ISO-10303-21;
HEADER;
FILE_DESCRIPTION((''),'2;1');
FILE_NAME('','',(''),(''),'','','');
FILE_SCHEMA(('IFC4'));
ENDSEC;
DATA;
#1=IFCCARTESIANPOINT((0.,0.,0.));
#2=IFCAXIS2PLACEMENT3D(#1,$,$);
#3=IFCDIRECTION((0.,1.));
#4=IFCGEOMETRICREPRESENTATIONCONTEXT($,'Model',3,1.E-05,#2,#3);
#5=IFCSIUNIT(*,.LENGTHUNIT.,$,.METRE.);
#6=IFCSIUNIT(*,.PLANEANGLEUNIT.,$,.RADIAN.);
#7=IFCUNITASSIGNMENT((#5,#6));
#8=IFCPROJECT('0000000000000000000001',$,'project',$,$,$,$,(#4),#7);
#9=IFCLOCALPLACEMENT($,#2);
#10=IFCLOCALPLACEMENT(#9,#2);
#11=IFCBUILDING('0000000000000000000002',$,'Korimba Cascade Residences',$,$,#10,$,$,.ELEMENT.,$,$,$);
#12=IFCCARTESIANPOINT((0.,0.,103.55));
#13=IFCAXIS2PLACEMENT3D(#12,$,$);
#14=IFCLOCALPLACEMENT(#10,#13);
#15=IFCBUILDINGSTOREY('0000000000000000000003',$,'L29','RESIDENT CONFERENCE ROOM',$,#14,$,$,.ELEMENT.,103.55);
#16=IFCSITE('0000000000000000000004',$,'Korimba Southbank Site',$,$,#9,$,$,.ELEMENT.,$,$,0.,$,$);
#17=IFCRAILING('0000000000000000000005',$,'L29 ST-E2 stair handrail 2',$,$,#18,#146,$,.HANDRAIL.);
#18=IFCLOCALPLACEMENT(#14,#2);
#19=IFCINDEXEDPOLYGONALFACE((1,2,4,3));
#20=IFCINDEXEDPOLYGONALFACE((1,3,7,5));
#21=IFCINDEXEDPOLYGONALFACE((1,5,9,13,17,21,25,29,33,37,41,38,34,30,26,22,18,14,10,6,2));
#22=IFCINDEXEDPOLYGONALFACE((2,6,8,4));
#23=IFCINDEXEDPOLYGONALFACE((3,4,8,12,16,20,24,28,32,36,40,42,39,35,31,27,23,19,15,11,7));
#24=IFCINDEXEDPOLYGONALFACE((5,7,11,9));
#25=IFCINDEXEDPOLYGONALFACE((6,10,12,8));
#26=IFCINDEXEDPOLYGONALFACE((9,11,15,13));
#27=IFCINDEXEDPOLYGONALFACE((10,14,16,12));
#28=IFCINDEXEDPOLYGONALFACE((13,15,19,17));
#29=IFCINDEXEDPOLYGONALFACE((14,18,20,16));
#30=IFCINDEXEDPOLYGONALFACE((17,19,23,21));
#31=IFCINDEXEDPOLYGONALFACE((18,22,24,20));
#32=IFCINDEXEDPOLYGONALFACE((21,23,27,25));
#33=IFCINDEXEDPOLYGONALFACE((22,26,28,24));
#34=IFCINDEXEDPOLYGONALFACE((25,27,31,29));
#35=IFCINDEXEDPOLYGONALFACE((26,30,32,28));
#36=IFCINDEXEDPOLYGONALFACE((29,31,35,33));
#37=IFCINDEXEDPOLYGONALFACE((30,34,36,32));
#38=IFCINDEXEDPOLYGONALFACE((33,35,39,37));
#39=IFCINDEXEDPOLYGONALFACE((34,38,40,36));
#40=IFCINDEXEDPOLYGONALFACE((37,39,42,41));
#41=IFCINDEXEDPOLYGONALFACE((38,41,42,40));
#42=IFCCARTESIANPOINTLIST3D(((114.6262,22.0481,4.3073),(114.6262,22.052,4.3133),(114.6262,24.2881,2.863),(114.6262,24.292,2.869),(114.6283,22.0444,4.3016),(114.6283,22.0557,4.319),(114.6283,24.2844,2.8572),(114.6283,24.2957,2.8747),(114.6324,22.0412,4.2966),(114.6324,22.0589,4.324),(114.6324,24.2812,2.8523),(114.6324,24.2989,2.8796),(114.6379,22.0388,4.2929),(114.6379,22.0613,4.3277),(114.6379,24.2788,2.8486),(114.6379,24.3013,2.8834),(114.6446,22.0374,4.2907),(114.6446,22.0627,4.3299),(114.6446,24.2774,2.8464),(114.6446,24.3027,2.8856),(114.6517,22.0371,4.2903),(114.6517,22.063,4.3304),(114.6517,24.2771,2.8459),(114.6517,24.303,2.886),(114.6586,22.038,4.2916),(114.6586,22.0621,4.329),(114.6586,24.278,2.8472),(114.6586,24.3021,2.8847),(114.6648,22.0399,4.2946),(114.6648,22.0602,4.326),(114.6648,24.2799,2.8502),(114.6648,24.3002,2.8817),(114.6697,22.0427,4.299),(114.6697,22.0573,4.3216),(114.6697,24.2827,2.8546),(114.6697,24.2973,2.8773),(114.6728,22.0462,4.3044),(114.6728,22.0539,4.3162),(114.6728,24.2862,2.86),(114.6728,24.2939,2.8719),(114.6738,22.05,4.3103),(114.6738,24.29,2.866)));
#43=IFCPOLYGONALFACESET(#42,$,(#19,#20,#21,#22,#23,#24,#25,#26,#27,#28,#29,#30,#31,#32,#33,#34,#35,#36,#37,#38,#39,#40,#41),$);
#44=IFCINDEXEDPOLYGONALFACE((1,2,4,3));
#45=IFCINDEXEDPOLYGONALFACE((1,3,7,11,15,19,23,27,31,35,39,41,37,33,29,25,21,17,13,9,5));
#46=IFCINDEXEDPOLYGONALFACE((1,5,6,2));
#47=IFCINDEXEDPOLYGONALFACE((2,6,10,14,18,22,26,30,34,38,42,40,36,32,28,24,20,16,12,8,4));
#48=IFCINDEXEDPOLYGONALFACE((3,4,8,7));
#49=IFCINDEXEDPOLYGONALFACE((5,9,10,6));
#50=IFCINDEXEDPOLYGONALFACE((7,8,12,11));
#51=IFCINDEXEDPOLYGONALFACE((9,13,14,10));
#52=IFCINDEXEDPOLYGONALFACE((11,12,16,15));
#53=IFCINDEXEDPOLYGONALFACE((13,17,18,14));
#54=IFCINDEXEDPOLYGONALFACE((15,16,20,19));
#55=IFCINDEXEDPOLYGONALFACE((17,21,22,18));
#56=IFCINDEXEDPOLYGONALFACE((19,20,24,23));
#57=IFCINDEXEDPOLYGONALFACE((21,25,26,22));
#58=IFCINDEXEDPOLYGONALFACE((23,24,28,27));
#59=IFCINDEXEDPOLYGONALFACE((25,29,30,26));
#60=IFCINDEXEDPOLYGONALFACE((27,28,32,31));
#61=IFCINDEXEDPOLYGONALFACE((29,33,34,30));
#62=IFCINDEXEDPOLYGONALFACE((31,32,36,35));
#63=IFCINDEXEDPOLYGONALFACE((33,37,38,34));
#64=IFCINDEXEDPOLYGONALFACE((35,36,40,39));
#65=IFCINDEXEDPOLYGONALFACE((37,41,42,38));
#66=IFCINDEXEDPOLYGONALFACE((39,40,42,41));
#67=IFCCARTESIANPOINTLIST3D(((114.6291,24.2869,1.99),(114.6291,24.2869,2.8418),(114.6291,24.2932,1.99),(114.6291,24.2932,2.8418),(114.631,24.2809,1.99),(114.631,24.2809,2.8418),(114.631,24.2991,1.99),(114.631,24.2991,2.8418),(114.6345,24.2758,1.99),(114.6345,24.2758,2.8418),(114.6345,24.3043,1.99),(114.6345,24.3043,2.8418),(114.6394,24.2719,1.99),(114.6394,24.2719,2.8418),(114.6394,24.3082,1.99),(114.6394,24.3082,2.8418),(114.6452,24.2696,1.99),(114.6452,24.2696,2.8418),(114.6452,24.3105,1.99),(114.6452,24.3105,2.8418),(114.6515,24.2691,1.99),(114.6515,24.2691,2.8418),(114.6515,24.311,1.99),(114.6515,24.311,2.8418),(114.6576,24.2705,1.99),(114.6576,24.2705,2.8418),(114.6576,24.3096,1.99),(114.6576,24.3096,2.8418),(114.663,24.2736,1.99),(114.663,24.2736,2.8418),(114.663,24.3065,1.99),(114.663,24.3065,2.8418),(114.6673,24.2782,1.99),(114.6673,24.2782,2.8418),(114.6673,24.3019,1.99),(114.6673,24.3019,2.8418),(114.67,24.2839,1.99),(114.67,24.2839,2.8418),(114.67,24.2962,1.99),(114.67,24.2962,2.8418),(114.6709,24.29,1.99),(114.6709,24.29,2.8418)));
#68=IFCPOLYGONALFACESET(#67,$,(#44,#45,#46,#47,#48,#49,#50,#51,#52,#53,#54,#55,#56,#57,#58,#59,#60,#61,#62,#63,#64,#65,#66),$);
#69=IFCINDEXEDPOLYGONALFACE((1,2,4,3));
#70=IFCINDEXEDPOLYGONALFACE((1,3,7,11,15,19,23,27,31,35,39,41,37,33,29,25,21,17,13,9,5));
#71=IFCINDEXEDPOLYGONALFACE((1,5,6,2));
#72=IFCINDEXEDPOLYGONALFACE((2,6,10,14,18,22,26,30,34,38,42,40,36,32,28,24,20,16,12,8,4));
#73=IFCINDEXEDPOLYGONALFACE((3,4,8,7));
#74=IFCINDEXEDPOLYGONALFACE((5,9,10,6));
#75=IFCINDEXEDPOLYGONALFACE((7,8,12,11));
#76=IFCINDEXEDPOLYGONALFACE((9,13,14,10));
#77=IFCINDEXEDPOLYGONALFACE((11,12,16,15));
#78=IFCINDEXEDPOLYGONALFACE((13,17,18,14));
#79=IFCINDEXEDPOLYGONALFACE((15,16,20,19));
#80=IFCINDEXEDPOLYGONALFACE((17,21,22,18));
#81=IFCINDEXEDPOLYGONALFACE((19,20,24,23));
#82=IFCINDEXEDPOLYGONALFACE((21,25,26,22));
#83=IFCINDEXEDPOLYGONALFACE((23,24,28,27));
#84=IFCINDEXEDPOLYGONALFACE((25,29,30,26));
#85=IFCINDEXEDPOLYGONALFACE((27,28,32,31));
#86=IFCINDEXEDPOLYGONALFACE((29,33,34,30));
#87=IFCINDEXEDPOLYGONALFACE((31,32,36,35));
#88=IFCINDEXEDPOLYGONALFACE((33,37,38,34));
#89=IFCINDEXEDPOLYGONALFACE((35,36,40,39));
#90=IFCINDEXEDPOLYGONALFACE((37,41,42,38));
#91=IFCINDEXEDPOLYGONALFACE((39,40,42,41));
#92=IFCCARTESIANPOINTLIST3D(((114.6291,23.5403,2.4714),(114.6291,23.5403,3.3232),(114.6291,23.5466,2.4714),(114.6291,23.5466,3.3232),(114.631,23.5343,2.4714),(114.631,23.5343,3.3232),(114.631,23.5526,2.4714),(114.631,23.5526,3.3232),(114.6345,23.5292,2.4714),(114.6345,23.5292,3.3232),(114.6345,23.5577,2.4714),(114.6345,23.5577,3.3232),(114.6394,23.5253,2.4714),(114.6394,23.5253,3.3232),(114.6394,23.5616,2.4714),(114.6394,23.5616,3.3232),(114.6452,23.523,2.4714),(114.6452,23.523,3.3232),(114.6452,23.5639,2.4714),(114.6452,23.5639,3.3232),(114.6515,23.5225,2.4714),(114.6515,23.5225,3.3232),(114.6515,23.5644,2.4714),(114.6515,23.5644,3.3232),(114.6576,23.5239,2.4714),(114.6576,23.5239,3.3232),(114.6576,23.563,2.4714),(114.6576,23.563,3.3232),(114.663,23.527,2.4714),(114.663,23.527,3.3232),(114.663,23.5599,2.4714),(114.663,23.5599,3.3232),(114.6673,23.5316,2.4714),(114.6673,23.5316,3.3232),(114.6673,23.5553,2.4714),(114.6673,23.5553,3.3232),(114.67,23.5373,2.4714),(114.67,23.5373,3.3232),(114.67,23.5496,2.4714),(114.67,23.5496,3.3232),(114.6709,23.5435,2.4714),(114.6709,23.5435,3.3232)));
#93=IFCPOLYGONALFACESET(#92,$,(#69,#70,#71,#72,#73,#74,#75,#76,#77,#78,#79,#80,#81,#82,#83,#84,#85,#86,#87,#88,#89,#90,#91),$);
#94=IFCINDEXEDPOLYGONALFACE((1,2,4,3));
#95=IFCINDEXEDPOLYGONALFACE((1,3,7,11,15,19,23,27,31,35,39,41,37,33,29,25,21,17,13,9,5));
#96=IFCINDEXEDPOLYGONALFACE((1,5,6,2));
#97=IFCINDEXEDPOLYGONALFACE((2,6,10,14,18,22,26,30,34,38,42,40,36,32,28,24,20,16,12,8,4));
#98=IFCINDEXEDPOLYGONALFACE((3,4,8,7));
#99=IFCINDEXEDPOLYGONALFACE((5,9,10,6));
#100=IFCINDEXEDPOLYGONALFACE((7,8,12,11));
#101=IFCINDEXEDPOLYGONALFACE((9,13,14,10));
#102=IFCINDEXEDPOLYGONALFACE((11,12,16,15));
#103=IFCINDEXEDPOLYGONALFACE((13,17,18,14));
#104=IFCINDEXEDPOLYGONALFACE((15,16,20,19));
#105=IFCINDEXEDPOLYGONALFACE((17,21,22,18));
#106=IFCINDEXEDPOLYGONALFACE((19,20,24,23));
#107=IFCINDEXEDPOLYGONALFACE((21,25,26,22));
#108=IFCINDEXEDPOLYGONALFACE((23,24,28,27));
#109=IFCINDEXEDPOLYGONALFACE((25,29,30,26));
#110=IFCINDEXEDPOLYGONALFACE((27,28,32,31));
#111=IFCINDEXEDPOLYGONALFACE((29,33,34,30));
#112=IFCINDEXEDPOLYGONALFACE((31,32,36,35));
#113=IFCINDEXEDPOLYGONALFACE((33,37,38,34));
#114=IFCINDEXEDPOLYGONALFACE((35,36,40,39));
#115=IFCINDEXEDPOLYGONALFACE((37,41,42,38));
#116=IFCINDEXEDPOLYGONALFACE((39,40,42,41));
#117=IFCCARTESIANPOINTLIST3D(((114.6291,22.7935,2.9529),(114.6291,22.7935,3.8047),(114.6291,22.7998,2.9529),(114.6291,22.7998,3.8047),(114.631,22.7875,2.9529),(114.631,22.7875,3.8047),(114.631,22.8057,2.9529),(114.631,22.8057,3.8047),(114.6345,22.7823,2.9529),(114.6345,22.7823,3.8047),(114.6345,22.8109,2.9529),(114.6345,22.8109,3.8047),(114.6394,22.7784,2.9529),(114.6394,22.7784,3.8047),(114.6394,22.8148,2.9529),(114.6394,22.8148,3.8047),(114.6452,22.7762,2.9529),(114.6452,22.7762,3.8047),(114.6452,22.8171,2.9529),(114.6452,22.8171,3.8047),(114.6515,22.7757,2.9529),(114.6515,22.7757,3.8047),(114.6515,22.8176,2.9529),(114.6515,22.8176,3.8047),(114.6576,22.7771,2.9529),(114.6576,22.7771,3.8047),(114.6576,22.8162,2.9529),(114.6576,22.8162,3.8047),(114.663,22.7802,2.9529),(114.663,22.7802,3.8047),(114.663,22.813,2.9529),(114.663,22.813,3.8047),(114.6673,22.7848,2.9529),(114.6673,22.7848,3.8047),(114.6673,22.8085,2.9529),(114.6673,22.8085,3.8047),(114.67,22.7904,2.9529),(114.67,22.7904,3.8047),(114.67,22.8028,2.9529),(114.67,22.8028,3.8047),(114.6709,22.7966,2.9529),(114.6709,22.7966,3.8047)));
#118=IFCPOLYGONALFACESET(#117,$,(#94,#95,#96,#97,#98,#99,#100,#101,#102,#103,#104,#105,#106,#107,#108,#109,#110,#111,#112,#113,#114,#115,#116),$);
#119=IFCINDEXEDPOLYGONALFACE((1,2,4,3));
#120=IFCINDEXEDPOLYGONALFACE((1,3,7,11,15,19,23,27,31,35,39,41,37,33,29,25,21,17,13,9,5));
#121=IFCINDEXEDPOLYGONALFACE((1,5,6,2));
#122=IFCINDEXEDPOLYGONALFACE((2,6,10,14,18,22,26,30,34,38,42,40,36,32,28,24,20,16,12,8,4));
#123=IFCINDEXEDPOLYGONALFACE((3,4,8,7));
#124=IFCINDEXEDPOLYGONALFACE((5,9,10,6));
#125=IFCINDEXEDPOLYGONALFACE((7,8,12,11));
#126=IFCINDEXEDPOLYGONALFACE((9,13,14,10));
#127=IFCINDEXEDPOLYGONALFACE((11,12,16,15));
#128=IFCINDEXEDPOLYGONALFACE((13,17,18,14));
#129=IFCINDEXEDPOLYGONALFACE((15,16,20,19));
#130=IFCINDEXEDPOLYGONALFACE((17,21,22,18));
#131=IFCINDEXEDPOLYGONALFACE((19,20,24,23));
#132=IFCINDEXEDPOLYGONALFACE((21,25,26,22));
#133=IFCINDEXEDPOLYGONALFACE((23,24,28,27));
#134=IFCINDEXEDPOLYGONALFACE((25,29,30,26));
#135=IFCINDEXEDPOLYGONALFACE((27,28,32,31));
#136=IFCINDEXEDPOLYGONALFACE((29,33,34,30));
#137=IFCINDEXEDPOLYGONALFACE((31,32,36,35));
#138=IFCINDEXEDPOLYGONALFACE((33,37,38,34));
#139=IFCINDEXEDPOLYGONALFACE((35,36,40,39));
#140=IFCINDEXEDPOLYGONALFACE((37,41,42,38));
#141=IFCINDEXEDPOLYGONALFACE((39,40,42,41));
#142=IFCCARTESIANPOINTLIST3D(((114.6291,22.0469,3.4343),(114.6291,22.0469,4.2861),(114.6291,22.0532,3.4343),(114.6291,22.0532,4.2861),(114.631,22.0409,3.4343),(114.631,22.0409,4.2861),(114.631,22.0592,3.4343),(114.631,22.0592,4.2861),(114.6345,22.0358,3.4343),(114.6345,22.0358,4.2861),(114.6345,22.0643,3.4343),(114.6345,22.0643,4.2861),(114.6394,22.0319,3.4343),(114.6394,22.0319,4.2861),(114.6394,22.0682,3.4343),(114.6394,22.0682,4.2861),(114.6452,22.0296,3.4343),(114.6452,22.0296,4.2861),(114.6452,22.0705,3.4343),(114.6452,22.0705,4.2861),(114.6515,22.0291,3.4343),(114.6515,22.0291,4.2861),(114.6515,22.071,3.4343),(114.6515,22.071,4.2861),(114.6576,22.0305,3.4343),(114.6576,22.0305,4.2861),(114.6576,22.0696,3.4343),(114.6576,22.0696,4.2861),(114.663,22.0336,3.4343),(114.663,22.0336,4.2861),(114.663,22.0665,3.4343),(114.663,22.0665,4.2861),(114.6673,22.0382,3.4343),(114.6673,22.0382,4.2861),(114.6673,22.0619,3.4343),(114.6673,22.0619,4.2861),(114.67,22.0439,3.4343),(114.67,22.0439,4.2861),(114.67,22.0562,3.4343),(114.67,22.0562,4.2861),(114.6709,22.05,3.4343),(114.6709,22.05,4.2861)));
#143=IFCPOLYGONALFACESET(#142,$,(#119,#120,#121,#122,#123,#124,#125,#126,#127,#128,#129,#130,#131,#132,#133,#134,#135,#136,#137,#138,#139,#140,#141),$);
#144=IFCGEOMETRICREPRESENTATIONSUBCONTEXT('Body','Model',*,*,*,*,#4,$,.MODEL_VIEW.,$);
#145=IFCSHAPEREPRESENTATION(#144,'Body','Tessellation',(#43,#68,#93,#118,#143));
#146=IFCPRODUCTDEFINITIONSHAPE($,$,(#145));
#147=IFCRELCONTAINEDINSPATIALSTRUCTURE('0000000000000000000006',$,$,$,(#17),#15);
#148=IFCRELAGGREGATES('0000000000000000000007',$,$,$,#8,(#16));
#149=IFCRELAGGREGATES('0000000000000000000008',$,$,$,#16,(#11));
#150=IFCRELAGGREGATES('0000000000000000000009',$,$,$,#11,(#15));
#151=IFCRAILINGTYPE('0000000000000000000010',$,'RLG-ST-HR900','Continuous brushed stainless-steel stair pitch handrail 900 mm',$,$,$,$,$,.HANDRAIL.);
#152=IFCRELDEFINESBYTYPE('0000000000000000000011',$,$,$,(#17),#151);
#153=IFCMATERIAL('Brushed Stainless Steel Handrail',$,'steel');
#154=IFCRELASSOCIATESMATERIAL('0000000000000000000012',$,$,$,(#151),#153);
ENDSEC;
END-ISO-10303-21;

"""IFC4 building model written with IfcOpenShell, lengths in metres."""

from ifc_helpers import new_model, si_unit, direction, frame, origin, origin_2d, place, context, subcontext, project, spatial, circle, extrude, material, type_object, element, save


model = new_model("IFC4")

# Units and contexts
model_context = context("Model", 3, precision=1e-05, world=origin(), true_north=direction((0.0, 1.0)))
body_context = subcontext(model_context, "Body", "Model", "MODEL_VIEW")
ifc_project = project(units=[si_unit("LENGTHUNIT", "METRE"), si_unit("PLANEANGLEUNIT", "RADIAN")], contexts=[model_context])

# Site, building, storey
site_placement = place(None, origin())
site = spatial("IfcSite", under=ifc_project, at=site_placement, Name="Korimba Southbank Site", CompositionType="ELEMENT", RefElevation=0.0)
building_placement = place(site_placement, origin())
building = spatial("IfcBuilding", under=site, at=building_placement, Name="Korimba Cascade Residences", CompositionType="ELEMENT")
storey_placement = place(building_placement, frame((0.0, 0.0, 103.55)))
storey = spatial("IfcBuildingStorey", under=building, at=storey_placement, Name="L29", Description="RESIDENT CONFERENCE ROOM", CompositionType="ELEMENT", Elevation=103.55)

# Railing
ifc_material_1 = material(Name="Brushed Stainless Steel Handrail", Category="steel")
railing_type_1 = type_object("IfcRailingType", Name="RLG-ST-HR900", Description="Continuous brushed stainless-steel stair pitch handrail 900 mm", PredefinedType="HANDRAIL", material=ifc_material_1)
railing_1_placement = place(storey_placement, frame((114.6499, 24.29, 1.99)))
element("IfcRailing", 1, at=railing_1_placement, inside=storey, type_object=railing_type_1, Name="L29 ST-E2 stair handrail 2", PredefinedType="HANDRAIL", context=body_context, shape_type="SweptSolid", body=[
    extrude(circle(Radius=0.0239, at=origin_2d()), frame((0.0, 0.0, 0.876), z_axis=(0.0, -0.840437, 0.54191), x_axis=(1.0, 0.0, 0.0)), (0.0, 0.0, 1.0), 2.6653),
    extrude(circle(Radius=0.021, at=origin_2d()), origin(), (0.0, 0.0, 1.0), 0.8518),
    extrude(circle(Radius=0.021, at=origin_2d()), frame((0.0, -0.7466, 0.4814)), (0.0, 0.0, 1.0), 0.8518),
    extrude(circle(Radius=0.021, at=origin_2d()), frame((0.0, -1.4934, 0.9629)), (0.0, 0.0, 1.0), 0.8518),
    extrude(circle(Radius=0.021, at=origin_2d()), frame((0.0, -2.24, 1.4443)), (0.0, 0.0, 1.0), 0.8518),
])

save(model, "model.ifc")
